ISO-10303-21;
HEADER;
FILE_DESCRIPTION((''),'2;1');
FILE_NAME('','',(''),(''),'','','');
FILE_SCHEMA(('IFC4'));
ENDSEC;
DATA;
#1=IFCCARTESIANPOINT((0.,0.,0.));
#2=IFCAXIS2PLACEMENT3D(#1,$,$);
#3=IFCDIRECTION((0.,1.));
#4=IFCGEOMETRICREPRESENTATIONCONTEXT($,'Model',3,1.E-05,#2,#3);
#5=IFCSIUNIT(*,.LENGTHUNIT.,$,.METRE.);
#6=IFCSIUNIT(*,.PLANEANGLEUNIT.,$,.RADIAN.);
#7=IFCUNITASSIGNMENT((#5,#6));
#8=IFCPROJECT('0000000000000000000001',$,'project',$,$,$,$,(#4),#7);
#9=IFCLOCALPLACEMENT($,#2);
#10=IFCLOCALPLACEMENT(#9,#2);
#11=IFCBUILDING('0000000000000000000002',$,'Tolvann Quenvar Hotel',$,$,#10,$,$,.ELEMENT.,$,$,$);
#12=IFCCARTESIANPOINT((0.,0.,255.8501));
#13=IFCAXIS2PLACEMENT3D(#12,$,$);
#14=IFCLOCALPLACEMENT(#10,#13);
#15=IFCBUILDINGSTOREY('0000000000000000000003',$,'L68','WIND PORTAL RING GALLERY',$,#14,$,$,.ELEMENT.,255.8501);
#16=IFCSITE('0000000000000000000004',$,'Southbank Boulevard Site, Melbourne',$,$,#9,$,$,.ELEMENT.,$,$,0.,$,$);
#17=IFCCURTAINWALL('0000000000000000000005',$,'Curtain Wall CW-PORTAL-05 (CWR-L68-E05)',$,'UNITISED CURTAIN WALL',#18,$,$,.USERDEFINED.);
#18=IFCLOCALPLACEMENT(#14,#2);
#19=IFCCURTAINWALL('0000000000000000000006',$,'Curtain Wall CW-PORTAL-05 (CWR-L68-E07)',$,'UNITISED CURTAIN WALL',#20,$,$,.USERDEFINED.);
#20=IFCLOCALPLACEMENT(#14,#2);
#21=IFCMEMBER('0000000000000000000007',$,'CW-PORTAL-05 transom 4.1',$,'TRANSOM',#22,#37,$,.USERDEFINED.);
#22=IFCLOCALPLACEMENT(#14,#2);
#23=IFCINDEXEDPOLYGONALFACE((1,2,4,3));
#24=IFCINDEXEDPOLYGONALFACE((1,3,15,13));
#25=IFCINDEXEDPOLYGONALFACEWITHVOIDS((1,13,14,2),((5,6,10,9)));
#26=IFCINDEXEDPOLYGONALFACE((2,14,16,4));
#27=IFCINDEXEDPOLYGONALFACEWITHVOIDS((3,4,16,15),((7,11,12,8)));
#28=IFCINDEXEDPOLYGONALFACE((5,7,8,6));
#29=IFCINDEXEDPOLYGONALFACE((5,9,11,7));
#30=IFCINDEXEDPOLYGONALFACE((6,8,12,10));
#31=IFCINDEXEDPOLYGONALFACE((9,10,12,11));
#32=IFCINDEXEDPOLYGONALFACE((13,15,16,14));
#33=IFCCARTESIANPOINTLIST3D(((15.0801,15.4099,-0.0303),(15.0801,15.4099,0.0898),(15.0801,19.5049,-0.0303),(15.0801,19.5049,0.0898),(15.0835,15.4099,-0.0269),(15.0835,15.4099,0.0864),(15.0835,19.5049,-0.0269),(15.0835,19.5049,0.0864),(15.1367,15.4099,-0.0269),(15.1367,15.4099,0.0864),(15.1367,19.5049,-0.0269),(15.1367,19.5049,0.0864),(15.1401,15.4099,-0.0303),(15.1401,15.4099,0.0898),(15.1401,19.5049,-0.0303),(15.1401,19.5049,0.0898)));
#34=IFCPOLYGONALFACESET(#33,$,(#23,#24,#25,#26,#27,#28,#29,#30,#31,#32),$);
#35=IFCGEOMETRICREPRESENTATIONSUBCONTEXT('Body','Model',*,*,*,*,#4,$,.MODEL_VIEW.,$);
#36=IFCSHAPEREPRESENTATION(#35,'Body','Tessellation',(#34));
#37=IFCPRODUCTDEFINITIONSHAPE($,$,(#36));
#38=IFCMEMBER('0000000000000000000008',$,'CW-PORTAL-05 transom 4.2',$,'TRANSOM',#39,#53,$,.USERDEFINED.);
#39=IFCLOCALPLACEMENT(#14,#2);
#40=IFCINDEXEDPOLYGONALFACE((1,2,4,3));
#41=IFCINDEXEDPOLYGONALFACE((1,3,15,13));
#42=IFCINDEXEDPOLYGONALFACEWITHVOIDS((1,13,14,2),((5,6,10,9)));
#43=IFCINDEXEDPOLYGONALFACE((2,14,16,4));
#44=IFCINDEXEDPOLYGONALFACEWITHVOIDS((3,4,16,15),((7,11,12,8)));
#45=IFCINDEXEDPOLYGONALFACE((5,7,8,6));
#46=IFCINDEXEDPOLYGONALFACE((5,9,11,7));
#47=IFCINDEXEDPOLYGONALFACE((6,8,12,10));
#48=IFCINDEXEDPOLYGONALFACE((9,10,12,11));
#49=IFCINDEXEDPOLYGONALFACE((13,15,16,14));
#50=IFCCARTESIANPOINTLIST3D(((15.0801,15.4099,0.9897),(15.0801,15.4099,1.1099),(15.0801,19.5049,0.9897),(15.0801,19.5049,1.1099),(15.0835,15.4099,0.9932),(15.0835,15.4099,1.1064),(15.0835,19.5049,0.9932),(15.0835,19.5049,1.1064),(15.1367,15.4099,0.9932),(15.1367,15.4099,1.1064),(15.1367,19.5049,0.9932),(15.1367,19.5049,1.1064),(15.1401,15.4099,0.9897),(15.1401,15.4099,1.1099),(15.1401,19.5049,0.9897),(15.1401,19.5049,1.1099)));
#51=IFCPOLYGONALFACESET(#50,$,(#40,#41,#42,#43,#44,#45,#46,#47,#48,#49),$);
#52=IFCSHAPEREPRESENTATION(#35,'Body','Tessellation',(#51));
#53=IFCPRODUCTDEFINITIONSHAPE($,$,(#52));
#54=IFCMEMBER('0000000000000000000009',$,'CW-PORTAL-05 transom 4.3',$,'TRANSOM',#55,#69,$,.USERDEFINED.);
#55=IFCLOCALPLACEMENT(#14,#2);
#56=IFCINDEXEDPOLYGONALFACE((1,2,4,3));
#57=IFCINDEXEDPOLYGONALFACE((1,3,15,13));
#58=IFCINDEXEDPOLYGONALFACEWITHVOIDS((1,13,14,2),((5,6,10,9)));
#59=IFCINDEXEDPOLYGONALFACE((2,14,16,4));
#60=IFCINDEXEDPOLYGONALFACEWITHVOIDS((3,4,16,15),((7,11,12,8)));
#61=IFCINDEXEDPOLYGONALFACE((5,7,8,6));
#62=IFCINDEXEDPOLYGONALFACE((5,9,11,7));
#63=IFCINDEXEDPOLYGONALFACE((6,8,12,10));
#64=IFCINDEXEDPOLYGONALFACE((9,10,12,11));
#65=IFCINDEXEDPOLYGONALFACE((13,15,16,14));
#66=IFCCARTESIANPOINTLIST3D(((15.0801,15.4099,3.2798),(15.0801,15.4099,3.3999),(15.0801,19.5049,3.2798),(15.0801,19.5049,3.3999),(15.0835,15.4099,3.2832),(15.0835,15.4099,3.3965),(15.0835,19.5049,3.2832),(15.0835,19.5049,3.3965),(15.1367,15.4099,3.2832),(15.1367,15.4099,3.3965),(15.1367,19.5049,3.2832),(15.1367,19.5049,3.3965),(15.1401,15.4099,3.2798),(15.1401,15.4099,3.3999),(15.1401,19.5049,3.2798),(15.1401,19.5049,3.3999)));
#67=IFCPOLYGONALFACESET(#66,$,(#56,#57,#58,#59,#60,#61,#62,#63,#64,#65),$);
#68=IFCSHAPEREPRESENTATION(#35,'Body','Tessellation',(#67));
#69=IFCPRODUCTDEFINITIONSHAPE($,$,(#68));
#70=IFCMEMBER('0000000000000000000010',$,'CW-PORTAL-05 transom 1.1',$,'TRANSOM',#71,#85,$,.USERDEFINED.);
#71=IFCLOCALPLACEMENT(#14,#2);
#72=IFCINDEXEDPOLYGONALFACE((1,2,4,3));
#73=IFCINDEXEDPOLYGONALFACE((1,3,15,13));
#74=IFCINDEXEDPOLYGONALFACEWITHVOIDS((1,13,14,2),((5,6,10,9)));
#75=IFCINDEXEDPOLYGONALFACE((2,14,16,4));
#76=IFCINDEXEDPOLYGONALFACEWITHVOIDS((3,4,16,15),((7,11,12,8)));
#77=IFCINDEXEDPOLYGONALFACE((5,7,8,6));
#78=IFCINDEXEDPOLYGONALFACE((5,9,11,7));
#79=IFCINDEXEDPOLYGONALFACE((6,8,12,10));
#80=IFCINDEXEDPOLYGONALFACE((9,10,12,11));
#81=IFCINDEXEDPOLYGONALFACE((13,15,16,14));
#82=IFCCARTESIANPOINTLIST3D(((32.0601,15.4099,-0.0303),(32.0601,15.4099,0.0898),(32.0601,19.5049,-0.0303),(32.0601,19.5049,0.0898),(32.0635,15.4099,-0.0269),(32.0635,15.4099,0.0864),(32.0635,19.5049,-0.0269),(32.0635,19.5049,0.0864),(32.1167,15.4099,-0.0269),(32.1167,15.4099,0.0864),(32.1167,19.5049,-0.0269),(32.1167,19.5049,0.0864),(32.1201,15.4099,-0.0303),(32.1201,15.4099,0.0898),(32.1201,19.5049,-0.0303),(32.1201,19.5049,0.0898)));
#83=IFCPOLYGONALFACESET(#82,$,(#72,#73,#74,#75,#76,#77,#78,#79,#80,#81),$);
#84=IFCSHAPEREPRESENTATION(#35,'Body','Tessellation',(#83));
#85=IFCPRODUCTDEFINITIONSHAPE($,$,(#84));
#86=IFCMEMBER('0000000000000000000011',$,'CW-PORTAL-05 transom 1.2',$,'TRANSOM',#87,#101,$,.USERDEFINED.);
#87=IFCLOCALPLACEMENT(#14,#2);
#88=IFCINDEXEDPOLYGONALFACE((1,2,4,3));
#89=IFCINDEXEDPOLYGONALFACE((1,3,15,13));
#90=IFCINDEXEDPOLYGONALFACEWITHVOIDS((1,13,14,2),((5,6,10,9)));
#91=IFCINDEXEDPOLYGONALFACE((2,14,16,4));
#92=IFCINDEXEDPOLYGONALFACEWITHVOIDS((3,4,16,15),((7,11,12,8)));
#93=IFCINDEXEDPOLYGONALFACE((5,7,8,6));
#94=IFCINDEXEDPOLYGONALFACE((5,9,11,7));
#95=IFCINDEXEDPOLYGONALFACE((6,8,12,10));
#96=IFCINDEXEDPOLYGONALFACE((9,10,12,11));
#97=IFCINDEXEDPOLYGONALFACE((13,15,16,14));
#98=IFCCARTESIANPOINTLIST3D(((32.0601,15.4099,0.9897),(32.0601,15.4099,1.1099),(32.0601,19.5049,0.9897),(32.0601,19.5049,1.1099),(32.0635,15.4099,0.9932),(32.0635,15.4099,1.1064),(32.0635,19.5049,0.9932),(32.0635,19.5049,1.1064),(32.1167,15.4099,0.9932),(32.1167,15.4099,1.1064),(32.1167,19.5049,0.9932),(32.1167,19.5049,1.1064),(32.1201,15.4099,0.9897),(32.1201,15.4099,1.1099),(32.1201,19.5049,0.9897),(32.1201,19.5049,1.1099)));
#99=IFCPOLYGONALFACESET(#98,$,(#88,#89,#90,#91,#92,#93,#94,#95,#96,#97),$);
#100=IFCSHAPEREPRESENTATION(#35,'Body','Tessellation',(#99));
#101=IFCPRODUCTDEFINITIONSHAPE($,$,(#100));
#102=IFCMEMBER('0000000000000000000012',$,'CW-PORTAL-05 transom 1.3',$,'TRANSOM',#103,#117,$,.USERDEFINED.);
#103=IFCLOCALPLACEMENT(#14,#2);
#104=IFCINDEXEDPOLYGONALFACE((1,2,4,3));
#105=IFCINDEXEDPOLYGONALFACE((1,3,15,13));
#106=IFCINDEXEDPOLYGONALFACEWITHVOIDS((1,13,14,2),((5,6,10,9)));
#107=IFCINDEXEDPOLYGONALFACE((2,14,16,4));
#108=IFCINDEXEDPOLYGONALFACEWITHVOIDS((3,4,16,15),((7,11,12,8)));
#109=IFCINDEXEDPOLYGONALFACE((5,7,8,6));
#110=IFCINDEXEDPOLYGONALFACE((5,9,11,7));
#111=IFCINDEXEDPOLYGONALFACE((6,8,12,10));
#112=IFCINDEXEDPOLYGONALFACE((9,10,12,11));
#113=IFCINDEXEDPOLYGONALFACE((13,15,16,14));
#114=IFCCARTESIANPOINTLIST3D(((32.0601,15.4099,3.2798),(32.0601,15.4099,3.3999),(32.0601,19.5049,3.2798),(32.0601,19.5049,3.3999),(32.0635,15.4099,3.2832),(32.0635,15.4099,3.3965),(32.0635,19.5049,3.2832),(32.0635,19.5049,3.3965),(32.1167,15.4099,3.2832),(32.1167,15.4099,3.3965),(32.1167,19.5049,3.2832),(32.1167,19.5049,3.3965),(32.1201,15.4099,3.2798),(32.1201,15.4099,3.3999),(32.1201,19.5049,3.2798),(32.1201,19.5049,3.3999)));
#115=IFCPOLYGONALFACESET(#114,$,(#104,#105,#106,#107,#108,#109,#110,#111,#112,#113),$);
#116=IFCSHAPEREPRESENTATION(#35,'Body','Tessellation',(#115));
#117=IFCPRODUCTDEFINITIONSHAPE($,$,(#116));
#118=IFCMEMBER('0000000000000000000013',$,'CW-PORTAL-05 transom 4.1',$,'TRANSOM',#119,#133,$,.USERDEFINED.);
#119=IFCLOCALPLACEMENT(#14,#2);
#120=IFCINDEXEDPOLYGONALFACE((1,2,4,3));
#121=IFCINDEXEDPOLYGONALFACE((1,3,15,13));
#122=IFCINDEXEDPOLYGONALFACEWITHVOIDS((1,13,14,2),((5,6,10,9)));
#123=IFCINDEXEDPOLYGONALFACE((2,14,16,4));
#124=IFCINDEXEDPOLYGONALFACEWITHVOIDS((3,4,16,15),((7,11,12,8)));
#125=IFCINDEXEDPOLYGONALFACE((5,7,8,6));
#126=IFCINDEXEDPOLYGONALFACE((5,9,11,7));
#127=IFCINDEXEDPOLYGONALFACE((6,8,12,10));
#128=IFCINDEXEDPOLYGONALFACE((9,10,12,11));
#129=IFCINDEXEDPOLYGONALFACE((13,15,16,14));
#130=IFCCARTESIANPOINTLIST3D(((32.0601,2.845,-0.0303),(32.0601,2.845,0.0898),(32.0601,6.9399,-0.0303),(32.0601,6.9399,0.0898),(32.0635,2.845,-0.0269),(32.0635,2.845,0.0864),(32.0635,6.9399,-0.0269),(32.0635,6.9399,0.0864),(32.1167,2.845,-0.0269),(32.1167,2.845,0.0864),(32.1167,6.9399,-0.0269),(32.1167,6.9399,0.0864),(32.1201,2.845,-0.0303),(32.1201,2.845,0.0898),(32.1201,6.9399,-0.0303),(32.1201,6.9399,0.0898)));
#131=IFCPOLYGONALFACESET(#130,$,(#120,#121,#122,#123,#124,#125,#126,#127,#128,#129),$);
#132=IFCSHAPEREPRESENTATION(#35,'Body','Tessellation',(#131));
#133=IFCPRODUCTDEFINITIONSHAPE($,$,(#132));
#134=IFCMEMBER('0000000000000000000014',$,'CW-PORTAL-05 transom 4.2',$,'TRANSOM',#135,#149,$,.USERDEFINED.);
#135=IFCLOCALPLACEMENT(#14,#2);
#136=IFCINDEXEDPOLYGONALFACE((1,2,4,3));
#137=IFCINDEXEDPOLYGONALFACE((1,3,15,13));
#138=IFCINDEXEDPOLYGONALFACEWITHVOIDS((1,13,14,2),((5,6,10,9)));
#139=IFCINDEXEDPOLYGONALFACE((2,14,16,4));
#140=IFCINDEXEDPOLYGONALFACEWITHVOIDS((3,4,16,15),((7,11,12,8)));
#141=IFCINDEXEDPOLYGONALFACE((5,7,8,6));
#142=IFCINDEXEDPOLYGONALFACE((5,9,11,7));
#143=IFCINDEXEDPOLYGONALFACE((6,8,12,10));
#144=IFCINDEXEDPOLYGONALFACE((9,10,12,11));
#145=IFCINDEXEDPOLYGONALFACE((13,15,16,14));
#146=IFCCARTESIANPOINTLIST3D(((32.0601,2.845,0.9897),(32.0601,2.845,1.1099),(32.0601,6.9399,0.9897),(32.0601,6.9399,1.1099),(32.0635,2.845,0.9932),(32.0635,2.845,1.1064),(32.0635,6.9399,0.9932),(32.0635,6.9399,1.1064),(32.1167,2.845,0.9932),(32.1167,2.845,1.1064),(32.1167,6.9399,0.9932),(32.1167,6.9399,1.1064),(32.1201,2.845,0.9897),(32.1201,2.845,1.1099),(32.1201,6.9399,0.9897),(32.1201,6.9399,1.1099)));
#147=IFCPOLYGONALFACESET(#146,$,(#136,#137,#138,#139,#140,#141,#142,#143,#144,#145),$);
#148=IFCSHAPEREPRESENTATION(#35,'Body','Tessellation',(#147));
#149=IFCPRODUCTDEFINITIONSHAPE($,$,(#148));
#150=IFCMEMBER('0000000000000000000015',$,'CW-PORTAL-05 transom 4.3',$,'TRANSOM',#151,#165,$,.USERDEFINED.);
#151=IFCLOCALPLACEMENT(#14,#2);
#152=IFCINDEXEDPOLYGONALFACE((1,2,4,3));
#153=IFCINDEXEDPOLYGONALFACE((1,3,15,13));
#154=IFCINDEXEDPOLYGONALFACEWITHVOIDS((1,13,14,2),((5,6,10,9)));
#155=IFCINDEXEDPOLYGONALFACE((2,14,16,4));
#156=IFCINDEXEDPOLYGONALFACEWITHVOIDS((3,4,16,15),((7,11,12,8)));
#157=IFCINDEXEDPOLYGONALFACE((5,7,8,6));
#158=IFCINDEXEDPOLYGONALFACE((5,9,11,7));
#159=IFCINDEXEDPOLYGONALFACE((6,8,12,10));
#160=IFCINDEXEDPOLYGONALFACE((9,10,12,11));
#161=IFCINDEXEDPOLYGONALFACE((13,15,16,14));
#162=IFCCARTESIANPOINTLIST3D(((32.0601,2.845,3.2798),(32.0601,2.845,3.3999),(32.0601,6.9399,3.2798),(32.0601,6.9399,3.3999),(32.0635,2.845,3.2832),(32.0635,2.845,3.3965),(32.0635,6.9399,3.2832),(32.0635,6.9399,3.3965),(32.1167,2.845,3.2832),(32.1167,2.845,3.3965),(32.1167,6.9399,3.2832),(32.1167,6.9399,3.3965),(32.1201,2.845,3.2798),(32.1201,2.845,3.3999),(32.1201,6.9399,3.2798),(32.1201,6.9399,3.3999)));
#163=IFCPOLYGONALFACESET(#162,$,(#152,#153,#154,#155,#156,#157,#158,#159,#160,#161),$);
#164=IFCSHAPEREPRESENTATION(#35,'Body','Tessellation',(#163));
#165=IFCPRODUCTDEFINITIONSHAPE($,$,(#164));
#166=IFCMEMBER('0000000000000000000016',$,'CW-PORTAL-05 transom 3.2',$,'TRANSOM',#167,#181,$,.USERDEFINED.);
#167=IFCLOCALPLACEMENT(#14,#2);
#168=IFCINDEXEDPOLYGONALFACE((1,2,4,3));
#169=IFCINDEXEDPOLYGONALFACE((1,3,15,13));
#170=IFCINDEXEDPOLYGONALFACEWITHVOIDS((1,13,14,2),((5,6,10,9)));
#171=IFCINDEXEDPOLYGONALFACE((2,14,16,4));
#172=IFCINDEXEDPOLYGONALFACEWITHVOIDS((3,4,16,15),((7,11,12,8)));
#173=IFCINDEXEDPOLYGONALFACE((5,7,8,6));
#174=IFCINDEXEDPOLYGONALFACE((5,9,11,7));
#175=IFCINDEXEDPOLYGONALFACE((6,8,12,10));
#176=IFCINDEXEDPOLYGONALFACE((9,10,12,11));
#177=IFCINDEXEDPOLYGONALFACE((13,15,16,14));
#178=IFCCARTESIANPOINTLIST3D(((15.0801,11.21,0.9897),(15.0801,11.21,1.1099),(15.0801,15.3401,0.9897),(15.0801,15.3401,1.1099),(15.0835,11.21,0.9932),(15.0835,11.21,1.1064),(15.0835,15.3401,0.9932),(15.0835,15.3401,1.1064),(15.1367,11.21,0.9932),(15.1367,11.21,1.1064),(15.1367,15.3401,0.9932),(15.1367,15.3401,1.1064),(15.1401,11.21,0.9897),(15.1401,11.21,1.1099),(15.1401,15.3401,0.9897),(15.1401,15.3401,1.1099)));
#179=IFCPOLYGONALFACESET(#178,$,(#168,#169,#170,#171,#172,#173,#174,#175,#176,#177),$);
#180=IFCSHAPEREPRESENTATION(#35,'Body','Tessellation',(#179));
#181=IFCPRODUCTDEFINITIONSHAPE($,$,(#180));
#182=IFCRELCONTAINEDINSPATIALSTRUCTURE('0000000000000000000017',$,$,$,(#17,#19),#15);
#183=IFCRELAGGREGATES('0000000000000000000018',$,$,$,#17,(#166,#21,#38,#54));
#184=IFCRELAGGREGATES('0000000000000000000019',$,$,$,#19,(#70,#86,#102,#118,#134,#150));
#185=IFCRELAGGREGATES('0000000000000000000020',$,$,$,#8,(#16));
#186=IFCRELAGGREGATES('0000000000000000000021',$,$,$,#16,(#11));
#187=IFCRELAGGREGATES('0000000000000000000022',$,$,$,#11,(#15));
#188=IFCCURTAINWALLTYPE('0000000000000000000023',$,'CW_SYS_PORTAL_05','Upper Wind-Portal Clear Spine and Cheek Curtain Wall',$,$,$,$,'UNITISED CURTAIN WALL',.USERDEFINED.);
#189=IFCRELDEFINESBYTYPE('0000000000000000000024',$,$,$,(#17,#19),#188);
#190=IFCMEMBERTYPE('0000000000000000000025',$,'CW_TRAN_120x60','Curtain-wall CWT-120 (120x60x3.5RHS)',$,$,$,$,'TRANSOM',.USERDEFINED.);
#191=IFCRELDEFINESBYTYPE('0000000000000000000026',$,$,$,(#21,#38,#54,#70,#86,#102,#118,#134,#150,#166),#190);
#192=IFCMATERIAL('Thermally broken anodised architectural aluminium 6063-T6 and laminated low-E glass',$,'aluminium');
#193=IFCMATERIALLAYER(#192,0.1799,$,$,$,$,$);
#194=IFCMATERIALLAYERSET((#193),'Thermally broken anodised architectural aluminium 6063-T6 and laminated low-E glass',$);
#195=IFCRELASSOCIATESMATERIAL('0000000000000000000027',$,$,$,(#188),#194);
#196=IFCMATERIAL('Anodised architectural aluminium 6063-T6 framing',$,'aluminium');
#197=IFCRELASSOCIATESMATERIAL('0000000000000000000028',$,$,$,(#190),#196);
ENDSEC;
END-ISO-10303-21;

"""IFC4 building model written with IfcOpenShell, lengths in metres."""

from ifc_helpers import new_model, si_unit, direction, frame, origin, origin_2d, place, context, subcontext, project, spatial, hollow_rectangle, extrude, source, transform, mapped, material, layer, layer_set, material_profile, profile_set, type_object, element, aggregate, save


model = new_model("IFC4")

# Units and contexts
model_context = context("Model", 3, precision=1e-05, world=origin(), true_north=direction((0.0, 1.0)))
body_context = subcontext(model_context, "Body", "Model", "MODEL_VIEW")
ifc_project = project(units=[si_unit("LENGTHUNIT", "METRE"), si_unit("PLANEANGLEUNIT", "RADIAN")], contexts=[model_context])

# Site, building, storey
site_placement = place(None, origin())
site = spatial("IfcSite", under=ifc_project, at=site_placement, Name="Southbank Boulevard Site, Melbourne", CompositionType="ELEMENT", RefElevation=0.0)
building_placement = place(site_placement, origin())
building = spatial("IfcBuilding", under=site, at=building_placement, Name="Tolvann Quenvar Hotel", CompositionType="ELEMENT")
storey_placement = place(building_placement, frame((0.0, 0.0, 255.8501)))
storey = spatial("IfcBuildingStorey", under=building, at=storey_placement, Name="L68", Description="WIND PORTAL RING GALLERY", CompositionType="ELEMENT", Elevation=255.8501)

# Curtain wall
ifc_material_1 = material(Name="Thermally broken anodised architectural aluminium 6063-T6 and laminated low-E glass", Category="aluminium")
ifc_layer_1 = layer(ifc_material_1, 0.1799)
ifc_layer_set_1 = layer_set([ifc_layer_1], Name="Thermally broken anodised architectural aluminium 6063-T6 and laminated low-E glass")
curtain_wall_type = type_object("IfcCurtainWallType", Name="CW_SYS_PORTAL_05", Description="Upper Wind-Portal Clear Spine and Cheek Curtain Wall", ElementType="UNITISED CURTAIN WALL", PredefinedType="USERDEFINED", material=ifc_layer_set_1)
curtain_wall_1_placement = place(storey_placement, origin())
curtain_wall_1 = element("IfcCurtainWall", 1, at=curtain_wall_1_placement, inside=storey, type_object=curtain_wall_type, Name="Curtain Wall CW-PORTAL-05 (CWR-L68-E05)", ObjectType="UNITISED CURTAIN WALL", PredefinedType="USERDEFINED")
ifc_material_2 = material(Name="Anodised architectural aluminium 6063-T6 framing", Category="aluminium")

# Curtain wall
curtain_wall_2_placement = place(storey_placement, origin())
curtain_wall_2 = element("IfcCurtainWall", 2, at=curtain_wall_2_placement, inside=storey, type_object=curtain_wall_type, Name="Curtain Wall CW-PORTAL-05 (CWR-L68-E07)", ObjectType="UNITISED CURTAIN WALL", PredefinedType="USERDEFINED")

# Members
ifc_material_profile_1 = material_profile(ifc_material_2, hollow_rectangle(XDim=0.0601, YDim=0.1201, WallThickness=0.0034, at=origin_2d()), Name="120x60x3.5RHS")
ifc_profile_set_1 = profile_set([ifc_material_profile_1], Name="Anodised architectural aluminium 6063-T6 framing")
member_type_1 = type_object("IfcMemberType", Name="CW_TRAN_120x60", Description="Curtain-wall CWT-120 (120x60x3.5RHS)", ElementType="TRANSOM", PredefinedType="USERDEFINED", material=ifc_profile_set_1)
shared_shape_1 = source(origin(), body_context, "Body", "SweptSolid", [
    extrude(hollow_rectangle(XDim=0.0601, YDim=0.1201, WallThickness=0.0034, at=origin_2d()), origin(), (0.0, 0.0, 1.0), 4.095),
])
member_1_placement = place(storey_placement, frame((15.1101, 15.4099, 0.0298), z_axis=(0.0, 1.0, 0.0), x_axis=(-1.0, 0.0, 0.0)))
member_1 = element("IfcMember", 3, at=member_1_placement, type_object=member_type_1, Name="CW-PORTAL-05 transom 4.1", ObjectType="TRANSOM", PredefinedType="USERDEFINED", context=body_context, shape_type="MappedRepresentation", body=[
    mapped(shared_shape_1, transform((0.0, 0.0, 0.0), x_axis=(1.0, 0.0, 0.0), y_axis=(0.0, 1.0, 0.0), z_axis=(0.0, 0.0, 1.0), scale=1.0)),
])
member_2_placement = place(storey_placement, frame((15.1101, 15.4099, 1.0498), z_axis=(0.0, 1.0, 0.0), x_axis=(-1.0, 0.0, 0.0)))
member_2 = element("IfcMember", 4, at=member_2_placement, type_object=member_type_1, Name="CW-PORTAL-05 transom 4.2", ObjectType="TRANSOM", PredefinedType="USERDEFINED", context=body_context, shape_type="MappedRepresentation", body=[
    mapped(shared_shape_1, transform((0.0, 0.0, 0.0), x_axis=(1.0, 0.0, 0.0), y_axis=(0.0, 1.0, 0.0), z_axis=(0.0, 0.0, 1.0), scale=1.0)),
])
member_3_placement = place(storey_placement, frame((15.1101, 15.4099, 3.3398), z_axis=(0.0, 1.0, 0.0), x_axis=(-1.0, 0.0, 0.0)))
member_3 = element("IfcMember", 5, at=member_3_placement, type_object=member_type_1, Name="CW-PORTAL-05 transom 4.3", ObjectType="TRANSOM", PredefinedType="USERDEFINED", context=body_context, shape_type="MappedRepresentation", body=[
    mapped(shared_shape_1, transform((0.0, 0.0, 0.0), x_axis=(1.0, 0.0, 0.0), y_axis=(0.0, 1.0, 0.0), z_axis=(0.0, 0.0, 1.0), scale=1.0)),
])
member_4_placement = place(storey_placement, frame((32.0901, 19.5049, 0.0298), z_axis=(0.0, -1.0, 0.0), x_axis=(1.0, 0.0, 0.0)))
member_4 = element("IfcMember", 6, at=member_4_placement, type_object=member_type_1, Name="CW-PORTAL-05 transom 1.1", ObjectType="TRANSOM", PredefinedType="USERDEFINED", context=body_context, shape_type="MappedRepresentation", body=[
    mapped(shared_shape_1, transform((0.0, 0.0, 0.0), x_axis=(1.0, 0.0, 0.0), y_axis=(0.0, 1.0, 0.0), z_axis=(0.0, 0.0, 1.0), scale=1.0)),
])
member_5_placement = place(storey_placement, frame((32.0901, 19.5049, 1.0498), z_axis=(0.0, -1.0, 0.0), x_axis=(1.0, 0.0, 0.0)))
member_5 = element("IfcMember", 7, at=member_5_placement, type_object=member_type_1, Name="CW-PORTAL-05 transom 1.2", ObjectType="TRANSOM", PredefinedType="USERDEFINED", context=body_context, shape_type="MappedRepresentation", body=[
    mapped(shared_shape_1, transform((0.0, 0.0, 0.0), x_axis=(1.0, 0.0, 0.0), y_axis=(0.0, 1.0, 0.0), z_axis=(0.0, 0.0, 1.0), scale=1.0)),
])
member_6_placement = place(storey_placement, frame((32.0901, 19.5049, 3.3398), z_axis=(0.0, -1.0, 0.0), x_axis=(1.0, 0.0, 0.0)))
member_6 = element("IfcMember", 8, at=member_6_placement, type_object=member_type_1, Name="CW-PORTAL-05 transom 1.3", ObjectType="TRANSOM", PredefinedType="USERDEFINED", context=body_context, shape_type="MappedRepresentation", body=[
    mapped(shared_shape_1, transform((0.0, 0.0, 0.0), x_axis=(1.0, 0.0, 0.0), y_axis=(0.0, 1.0, 0.0), z_axis=(0.0, 0.0, 1.0), scale=1.0)),
])
member_7_placement = place(storey_placement, frame((32.0901, 6.9399, 0.0298), z_axis=(0.0, -1.0, 0.0), x_axis=(1.0, 0.0, 0.0)))
member_7 = element("IfcMember", 9, at=member_7_placement, type_object=member_type_1, Name="CW-PORTAL-05 transom 4.1", ObjectType="TRANSOM", PredefinedType="USERDEFINED", context=body_context, shape_type="MappedRepresentation", body=[
    mapped(shared_shape_1, transform((0.0, 0.0, 0.0), x_axis=(1.0, 0.0, 0.0), y_axis=(0.0, 1.0, 0.0), z_axis=(0.0, 0.0, 1.0), scale=1.0)),
])
member_8_placement = place(storey_placement, frame((32.0901, 6.9399, 1.0498), z_axis=(0.0, -1.0, 0.0), x_axis=(1.0, 0.0, 0.0)))
member_8 = element("IfcMember", 10, at=member_8_placement, type_object=member_type_1, Name="CW-PORTAL-05 transom 4.2", ObjectType="TRANSOM", PredefinedType="USERDEFINED", context=body_context, shape_type="MappedRepresentation", body=[
    mapped(shared_shape_1, transform((0.0, 0.0, 0.0), x_axis=(1.0, 0.0, 0.0), y_axis=(0.0, 1.0, 0.0), z_axis=(0.0, 0.0, 1.0), scale=1.0)),
])
member_9_placement = place(storey_placement, frame((32.0901, 6.9399, 3.3398), z_axis=(0.0, -1.0, 0.0), x_axis=(1.0, 0.0, 0.0)))
member_9 = element("IfcMember", 11, at=member_9_placement, type_object=member_type_1, Name="CW-PORTAL-05 transom 4.3", ObjectType="TRANSOM", PredefinedType="USERDEFINED", context=body_context, shape_type="MappedRepresentation", body=[
    mapped(shared_shape_1, transform((0.0, 0.0, 0.0), x_axis=(1.0, 0.0, 0.0), y_axis=(0.0, 1.0, 0.0), z_axis=(0.0, 0.0, 1.0), scale=1.0)),
])
shared_shape_2 = source(origin(), body_context, "Body", "SweptSolid", [
    extrude(hollow_rectangle(XDim=0.0601, YDim=0.1201, WallThickness=0.0034, at=origin_2d()), origin(), (0.0, 0.0, 1.0), 4.1301),
])
member_10_placement = place(storey_placement, frame((15.1101, 11.21, 1.0498), z_axis=(0.0, 1.0, 0.0), x_axis=(-1.0, 0.0, 0.0)))
member_10 = element("IfcMember", 12, at=member_10_placement, type_object=member_type_1, Name="CW-PORTAL-05 transom 3.2", ObjectType="TRANSOM", PredefinedType="USERDEFINED", context=body_context, shape_type="MappedRepresentation", body=[
    mapped(shared_shape_2, transform((0.0, 0.0, 0.0), x_axis=(1.0, 0.0, 0.0), y_axis=(0.0, 1.0, 0.0), z_axis=(0.0, 0.0, 1.0), scale=1.0)),
])

aggregate(curtain_wall_1, [member_10, member_1, member_2, member_3])
aggregate(curtain_wall_2, [member_4, member_5, member_6, member_7, member_8, member_9])

save(model, "model.ifc")
